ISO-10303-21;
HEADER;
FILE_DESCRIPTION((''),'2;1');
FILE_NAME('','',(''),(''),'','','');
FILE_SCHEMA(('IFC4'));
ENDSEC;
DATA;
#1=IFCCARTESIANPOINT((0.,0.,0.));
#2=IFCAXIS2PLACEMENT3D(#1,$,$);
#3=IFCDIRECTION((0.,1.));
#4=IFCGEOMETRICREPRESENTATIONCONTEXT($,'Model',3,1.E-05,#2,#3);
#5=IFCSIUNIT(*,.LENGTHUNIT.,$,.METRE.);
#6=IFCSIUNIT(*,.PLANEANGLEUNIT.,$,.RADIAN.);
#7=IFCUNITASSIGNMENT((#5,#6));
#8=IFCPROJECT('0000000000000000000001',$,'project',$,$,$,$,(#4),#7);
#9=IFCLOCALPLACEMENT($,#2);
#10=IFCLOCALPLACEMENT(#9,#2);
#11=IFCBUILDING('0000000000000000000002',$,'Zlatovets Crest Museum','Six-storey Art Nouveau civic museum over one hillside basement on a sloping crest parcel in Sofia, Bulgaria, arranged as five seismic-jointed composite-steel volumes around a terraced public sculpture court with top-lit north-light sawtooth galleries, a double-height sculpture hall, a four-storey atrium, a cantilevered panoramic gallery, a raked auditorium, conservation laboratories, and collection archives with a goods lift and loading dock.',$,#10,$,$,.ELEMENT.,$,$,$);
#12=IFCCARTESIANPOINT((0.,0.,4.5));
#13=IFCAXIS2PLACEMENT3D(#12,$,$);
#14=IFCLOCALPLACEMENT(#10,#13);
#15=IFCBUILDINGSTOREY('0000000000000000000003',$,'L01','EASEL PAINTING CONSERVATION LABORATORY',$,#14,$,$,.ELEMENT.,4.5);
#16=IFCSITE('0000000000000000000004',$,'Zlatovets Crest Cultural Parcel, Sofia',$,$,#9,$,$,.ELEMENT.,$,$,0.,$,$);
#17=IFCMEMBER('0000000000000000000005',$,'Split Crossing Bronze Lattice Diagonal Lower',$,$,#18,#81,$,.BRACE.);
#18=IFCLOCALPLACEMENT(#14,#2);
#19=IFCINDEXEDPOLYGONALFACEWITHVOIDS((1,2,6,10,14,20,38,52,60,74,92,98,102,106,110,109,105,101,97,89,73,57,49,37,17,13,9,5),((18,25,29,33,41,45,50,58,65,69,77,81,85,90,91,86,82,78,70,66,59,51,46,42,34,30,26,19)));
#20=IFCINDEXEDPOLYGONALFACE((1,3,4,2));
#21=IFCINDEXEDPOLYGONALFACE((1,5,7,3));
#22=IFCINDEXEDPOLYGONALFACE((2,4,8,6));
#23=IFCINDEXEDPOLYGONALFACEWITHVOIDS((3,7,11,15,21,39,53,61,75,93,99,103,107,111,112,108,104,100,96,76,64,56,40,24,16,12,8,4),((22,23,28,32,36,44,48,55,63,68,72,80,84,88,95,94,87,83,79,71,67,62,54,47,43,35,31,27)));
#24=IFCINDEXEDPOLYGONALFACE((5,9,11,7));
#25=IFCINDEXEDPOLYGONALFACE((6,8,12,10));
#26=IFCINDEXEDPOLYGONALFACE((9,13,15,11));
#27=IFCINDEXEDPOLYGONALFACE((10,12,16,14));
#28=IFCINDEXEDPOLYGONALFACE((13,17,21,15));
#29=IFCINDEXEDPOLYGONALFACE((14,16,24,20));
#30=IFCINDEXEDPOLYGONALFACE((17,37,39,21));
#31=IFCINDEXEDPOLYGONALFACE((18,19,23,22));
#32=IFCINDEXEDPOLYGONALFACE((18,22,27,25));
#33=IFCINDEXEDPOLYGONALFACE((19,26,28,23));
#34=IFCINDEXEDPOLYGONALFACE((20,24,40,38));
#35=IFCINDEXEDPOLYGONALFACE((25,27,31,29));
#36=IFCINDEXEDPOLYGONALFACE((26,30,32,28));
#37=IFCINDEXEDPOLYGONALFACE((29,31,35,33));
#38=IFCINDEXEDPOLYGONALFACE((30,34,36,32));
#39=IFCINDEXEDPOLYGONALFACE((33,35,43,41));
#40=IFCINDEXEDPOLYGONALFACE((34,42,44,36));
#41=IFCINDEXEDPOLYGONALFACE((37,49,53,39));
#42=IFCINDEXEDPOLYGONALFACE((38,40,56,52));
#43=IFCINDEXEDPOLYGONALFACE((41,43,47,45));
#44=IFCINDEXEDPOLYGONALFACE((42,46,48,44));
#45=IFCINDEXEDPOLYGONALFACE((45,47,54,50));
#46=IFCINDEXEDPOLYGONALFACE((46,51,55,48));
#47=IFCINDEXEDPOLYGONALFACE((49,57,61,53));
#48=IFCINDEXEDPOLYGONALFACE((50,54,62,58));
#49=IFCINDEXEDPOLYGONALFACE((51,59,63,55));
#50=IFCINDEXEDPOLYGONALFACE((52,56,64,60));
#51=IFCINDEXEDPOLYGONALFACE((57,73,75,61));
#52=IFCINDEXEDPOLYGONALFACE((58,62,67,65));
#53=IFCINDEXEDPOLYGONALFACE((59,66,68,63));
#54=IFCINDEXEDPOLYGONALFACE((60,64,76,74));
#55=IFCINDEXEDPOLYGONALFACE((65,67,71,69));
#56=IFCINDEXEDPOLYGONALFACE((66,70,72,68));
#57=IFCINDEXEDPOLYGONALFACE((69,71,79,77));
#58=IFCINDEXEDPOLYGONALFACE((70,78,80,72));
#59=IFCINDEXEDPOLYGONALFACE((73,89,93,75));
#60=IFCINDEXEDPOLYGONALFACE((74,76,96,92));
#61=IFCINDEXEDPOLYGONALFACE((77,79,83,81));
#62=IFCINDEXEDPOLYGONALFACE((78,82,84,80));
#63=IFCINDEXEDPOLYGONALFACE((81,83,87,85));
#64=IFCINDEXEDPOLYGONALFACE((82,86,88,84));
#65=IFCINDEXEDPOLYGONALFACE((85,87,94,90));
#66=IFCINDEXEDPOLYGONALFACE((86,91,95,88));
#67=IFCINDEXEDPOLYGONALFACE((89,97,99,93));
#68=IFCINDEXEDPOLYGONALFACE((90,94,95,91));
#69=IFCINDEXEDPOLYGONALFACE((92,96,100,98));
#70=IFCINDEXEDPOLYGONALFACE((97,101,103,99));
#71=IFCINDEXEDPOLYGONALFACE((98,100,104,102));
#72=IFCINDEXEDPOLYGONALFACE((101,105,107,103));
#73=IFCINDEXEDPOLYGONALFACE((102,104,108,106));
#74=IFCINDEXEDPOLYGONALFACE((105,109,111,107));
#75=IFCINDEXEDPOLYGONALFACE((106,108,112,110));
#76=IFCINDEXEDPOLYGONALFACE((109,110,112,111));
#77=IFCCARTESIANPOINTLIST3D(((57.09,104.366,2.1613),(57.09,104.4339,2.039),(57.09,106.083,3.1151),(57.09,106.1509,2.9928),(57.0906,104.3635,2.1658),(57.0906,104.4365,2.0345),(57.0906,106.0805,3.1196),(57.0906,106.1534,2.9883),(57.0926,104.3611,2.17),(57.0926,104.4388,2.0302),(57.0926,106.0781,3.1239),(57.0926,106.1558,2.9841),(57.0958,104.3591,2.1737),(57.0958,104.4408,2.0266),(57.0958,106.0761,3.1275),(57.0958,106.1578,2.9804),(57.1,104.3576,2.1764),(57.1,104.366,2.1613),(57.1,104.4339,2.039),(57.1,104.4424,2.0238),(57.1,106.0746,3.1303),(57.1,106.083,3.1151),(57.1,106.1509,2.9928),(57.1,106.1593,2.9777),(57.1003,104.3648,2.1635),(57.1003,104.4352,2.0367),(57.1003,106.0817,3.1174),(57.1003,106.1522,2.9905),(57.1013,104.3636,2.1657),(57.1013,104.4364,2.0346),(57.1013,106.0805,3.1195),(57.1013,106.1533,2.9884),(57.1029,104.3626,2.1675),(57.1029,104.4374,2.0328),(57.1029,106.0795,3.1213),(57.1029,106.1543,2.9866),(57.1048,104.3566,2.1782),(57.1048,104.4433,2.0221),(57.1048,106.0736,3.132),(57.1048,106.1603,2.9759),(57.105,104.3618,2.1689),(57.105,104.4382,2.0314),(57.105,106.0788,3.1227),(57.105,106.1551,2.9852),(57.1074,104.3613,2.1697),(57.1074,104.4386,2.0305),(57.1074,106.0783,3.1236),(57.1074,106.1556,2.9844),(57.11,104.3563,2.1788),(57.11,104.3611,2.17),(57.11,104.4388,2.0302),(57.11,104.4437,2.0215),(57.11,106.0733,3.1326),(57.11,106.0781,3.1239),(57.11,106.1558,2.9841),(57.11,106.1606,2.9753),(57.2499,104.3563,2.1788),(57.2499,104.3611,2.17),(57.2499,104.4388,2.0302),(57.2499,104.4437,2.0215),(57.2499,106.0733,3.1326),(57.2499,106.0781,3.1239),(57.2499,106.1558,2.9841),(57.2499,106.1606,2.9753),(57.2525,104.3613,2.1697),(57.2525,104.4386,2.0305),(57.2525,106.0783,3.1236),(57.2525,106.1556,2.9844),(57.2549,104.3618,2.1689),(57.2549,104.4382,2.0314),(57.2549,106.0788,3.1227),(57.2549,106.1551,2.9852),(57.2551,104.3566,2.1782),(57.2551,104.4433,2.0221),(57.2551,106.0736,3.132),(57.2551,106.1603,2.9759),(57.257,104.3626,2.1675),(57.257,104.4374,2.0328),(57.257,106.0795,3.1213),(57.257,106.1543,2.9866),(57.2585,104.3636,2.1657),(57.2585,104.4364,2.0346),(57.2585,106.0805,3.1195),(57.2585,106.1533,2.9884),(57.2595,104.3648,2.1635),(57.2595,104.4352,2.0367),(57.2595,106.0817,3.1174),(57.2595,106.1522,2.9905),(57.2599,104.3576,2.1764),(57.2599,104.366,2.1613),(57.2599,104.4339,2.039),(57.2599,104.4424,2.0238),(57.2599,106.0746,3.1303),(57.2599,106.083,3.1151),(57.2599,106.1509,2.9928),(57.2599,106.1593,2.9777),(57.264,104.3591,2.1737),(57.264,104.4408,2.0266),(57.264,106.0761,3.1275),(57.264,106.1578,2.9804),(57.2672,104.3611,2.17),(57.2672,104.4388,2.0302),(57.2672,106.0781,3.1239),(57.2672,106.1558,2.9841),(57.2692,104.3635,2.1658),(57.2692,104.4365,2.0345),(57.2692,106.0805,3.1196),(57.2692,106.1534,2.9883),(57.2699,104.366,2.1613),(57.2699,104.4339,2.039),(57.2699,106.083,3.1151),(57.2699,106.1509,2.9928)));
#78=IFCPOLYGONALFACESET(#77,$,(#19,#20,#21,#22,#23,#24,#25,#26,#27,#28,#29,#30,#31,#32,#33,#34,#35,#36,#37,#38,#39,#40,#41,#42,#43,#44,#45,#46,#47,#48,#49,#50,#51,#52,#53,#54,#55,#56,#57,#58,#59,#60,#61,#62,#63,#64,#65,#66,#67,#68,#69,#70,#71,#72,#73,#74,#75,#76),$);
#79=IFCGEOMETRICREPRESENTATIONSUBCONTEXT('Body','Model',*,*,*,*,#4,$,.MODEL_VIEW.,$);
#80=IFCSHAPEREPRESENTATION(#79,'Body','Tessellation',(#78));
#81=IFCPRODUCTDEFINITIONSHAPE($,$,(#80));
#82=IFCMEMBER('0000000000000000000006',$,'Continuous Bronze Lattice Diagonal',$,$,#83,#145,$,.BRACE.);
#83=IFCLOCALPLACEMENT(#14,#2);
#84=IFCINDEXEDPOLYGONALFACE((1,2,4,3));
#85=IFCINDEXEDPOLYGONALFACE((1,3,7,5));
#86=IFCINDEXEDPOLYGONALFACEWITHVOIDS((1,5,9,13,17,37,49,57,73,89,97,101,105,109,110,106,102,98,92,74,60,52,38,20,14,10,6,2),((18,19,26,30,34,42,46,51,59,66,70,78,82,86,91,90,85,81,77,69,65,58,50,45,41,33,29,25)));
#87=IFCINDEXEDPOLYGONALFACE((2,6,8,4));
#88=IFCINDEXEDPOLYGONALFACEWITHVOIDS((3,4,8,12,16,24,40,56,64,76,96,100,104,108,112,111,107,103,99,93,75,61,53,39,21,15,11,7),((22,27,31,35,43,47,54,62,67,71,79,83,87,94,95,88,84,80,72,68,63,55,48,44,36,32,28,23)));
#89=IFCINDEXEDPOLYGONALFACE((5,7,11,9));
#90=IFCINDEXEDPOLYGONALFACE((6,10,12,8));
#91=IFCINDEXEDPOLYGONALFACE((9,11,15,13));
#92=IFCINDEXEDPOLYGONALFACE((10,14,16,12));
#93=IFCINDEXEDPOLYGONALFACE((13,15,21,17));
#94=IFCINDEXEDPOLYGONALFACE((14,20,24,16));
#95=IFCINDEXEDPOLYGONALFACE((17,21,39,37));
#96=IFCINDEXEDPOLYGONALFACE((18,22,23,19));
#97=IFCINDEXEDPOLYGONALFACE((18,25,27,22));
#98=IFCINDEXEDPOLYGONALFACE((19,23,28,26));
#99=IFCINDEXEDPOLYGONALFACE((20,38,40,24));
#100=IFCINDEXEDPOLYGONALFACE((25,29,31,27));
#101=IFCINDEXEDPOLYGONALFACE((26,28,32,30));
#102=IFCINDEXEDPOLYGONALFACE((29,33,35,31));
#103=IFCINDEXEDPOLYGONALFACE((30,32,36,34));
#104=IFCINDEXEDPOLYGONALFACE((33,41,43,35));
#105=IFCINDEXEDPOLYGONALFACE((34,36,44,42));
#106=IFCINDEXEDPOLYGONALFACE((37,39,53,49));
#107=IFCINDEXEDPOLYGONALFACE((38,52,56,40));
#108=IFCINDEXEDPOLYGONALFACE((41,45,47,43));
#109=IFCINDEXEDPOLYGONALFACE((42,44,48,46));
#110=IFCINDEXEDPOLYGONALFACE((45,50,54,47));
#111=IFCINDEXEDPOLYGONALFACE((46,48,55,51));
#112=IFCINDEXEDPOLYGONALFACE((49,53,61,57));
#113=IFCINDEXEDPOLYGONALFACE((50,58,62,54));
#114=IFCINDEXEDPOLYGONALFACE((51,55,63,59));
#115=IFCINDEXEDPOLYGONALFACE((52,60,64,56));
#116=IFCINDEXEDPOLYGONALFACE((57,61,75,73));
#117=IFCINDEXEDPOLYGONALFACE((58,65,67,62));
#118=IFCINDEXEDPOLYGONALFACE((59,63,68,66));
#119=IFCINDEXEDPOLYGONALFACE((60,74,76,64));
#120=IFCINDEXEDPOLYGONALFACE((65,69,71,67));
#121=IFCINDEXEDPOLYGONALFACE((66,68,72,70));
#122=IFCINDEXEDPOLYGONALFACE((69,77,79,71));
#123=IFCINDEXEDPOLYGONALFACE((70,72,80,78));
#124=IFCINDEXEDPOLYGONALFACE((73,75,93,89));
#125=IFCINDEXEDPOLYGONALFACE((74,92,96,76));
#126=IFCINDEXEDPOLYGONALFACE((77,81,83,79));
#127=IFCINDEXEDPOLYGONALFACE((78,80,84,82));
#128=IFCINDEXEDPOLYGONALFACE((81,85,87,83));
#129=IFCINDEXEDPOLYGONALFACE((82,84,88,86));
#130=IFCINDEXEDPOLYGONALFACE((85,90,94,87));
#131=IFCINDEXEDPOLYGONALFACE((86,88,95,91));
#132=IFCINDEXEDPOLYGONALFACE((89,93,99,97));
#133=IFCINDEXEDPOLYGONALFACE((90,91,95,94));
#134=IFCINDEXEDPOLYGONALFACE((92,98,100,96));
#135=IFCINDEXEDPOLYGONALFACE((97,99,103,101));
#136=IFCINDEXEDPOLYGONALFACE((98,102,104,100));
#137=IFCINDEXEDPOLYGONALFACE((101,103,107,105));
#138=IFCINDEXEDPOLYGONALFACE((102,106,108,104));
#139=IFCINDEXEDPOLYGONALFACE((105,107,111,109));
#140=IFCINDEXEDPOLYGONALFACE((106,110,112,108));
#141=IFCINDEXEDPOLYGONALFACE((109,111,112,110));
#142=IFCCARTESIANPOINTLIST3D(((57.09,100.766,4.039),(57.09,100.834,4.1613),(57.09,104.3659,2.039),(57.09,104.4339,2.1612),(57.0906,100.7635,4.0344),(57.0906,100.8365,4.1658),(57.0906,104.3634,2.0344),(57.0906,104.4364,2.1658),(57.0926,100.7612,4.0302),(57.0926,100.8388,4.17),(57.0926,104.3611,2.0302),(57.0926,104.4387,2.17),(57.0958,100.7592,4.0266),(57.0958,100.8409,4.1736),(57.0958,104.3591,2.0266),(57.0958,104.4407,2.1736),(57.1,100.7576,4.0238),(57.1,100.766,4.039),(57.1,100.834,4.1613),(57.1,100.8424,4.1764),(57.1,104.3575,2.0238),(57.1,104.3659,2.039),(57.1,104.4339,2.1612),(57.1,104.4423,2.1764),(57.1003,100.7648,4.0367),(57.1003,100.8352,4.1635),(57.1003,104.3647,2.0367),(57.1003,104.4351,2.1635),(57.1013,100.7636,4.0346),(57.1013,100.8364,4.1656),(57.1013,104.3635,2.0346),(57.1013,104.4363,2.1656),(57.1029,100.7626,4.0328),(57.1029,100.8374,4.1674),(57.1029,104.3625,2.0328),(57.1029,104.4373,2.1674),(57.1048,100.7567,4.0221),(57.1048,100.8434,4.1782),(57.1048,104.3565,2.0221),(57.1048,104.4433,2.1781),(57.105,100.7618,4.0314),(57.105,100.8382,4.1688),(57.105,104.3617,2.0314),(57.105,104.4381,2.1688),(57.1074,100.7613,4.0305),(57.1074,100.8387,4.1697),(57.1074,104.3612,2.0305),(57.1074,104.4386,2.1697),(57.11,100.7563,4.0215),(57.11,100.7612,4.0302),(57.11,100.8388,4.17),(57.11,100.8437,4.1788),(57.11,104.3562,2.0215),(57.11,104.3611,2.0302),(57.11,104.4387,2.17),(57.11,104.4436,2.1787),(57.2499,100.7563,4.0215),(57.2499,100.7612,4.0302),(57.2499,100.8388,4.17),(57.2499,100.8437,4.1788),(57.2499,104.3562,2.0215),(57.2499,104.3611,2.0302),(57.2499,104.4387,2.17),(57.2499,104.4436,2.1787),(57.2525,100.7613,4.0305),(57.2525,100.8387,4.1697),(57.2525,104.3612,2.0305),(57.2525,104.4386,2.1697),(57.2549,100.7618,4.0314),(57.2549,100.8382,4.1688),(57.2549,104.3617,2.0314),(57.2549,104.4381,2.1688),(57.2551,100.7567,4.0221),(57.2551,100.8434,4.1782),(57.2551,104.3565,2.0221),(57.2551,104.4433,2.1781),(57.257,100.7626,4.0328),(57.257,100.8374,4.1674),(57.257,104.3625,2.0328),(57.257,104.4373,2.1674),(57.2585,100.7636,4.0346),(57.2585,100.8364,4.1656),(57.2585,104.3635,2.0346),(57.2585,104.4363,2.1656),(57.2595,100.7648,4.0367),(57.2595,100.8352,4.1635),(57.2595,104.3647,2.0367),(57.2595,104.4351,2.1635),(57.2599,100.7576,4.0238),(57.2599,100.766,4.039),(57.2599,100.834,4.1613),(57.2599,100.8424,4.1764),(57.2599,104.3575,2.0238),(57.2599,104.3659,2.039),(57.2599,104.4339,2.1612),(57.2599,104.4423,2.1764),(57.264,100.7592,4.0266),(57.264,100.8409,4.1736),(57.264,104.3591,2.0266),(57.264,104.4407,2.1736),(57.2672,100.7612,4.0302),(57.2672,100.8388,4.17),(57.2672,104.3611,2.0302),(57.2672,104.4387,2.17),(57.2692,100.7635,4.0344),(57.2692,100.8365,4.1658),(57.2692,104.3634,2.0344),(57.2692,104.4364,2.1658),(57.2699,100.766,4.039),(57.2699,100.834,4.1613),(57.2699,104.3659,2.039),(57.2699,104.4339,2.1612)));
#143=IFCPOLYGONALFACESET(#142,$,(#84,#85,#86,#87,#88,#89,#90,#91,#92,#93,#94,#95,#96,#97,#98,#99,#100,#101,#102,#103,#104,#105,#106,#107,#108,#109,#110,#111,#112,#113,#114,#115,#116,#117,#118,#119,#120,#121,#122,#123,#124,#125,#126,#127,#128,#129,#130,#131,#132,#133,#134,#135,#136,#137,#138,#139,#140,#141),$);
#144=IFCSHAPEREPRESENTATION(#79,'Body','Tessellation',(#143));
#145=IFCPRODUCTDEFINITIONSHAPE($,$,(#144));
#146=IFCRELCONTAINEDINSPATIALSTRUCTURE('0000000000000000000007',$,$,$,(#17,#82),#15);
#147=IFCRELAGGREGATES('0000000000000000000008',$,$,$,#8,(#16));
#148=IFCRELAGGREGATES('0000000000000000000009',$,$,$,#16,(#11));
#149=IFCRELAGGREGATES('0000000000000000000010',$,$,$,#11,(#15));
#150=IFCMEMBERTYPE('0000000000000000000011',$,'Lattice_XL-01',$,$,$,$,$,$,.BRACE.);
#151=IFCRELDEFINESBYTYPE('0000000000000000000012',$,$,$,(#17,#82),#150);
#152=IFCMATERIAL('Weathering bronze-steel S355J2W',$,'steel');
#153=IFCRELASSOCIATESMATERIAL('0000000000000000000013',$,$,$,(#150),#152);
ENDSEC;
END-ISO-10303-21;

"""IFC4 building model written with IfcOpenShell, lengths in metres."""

from ifc_helpers import new_model, si_unit, direction, frame, origin, origin_2d, place, context, subcontext, project, spatial, hollow_rectangle, extrude, material, material_profile, profile_set, type_object, element, save


model = new_model("IFC4")

# Units and contexts
model_context = context("Model", 3, precision=1e-05, world=origin(), true_north=direction((0.0, 1.0)))
body_context = subcontext(model_context, "Body", "Model", "MODEL_VIEW")
ifc_project = project(units=[si_unit("LENGTHUNIT", "METRE"), si_unit("PLANEANGLEUNIT", "RADIAN")], contexts=[model_context])

# Site, building, storey
site_placement = place(None, origin())
site = spatial("IfcSite", under=ifc_project, at=site_placement, Name="Zlatovets Crest Cultural Parcel, Sofia", CompositionType="ELEMENT", RefElevation=0.0)
building_placement = place(site_placement, origin())
building = spatial("IfcBuilding", under=site, at=building_placement, Name="Zlatovets Crest Museum", Description="Six-storey Art Nouveau civic museum over one hillside basement on a sloping crest parcel in Sofia, Bulgaria, arranged as five seismic-jointed composite-steel volumes around a terraced public sculpture court with top-lit north-light sawtooth galleries, a double-height sculpture hall, a four-storey atrium, a cantilevered panoramic gallery, a raked auditorium, conservation laboratories, and collection archives with a goods lift and loading dock.", CompositionType="ELEMENT")
storey_placement = place(building_placement, frame((0.0, 0.0, 4.5)))
storey = spatial("IfcBuildingStorey", under=building, at=storey_placement, Name="L01", Description="EASEL PAINTING CONSERVATION LABORATORY", CompositionType="ELEMENT", Elevation=4.5)

# Members
ifc_material_1 = material(Name="Weathering bronze-steel S355J2W", Category="steel")
ifc_material_profile_1 = material_profile(ifc_material_1, hollow_rectangle(XDim=0.1799, YDim=0.1799, WallThickness=0.01, InnerFilletRadius=0.01, OuterFilletRadius=0.02, at=origin_2d()), Name="SHS 180x180x10.0")
ifc_profile_set_1 = profile_set([ifc_material_profile_1], Name="Weathering bronze-steel S355J2W")
member_type_1 = type_object("IfcMemberType", Name="Lattice_XL-01", PredefinedType="BRACE", material=ifc_profile_set_1)
member_1_placement = place(storey_placement, frame((57.1799, 106.1169, 3.054), z_axis=(0.0, -0.874169, -0.485622), x_axis=(1.0, 0.0, 0.0)))
element("IfcMember", 1, at=member_1_placement, inside=storey, type_object=member_type_1, Name="Split Crossing Bronze Lattice Diagonal Lower", PredefinedType="BRACE", context=body_context, shape_type="SweptSolid", body=[
    extrude(hollow_rectangle(XDim=0.1799, YDim=0.1799, WallThickness=0.01, InnerFilletRadius=0.01, OuterFilletRadius=0.02, at=origin_2d()), origin(), (0.0, 0.0, 1.0), 1.9641),
])
member_2_placement = place(storey_placement, frame((57.1799, 104.3999, 2.1001), z_axis=(0.0, -0.874149, 0.485658), x_axis=(1.0, 0.0, 0.0)))
element("IfcMember", 2, at=member_2_placement, inside=storey, type_object=member_type_1, Name="Continuous Bronze Lattice Diagonal", PredefinedType="BRACE", context=body_context, shape_type="SweptSolid", body=[
    extrude(hollow_rectangle(XDim=0.1799, YDim=0.1799, WallThickness=0.01, InnerFilletRadius=0.01, OuterFilletRadius=0.02, at=origin_2d()), origin(), (0.0, 0.0, 1.0), 4.1182),
])

save(model, "model.ifc")
